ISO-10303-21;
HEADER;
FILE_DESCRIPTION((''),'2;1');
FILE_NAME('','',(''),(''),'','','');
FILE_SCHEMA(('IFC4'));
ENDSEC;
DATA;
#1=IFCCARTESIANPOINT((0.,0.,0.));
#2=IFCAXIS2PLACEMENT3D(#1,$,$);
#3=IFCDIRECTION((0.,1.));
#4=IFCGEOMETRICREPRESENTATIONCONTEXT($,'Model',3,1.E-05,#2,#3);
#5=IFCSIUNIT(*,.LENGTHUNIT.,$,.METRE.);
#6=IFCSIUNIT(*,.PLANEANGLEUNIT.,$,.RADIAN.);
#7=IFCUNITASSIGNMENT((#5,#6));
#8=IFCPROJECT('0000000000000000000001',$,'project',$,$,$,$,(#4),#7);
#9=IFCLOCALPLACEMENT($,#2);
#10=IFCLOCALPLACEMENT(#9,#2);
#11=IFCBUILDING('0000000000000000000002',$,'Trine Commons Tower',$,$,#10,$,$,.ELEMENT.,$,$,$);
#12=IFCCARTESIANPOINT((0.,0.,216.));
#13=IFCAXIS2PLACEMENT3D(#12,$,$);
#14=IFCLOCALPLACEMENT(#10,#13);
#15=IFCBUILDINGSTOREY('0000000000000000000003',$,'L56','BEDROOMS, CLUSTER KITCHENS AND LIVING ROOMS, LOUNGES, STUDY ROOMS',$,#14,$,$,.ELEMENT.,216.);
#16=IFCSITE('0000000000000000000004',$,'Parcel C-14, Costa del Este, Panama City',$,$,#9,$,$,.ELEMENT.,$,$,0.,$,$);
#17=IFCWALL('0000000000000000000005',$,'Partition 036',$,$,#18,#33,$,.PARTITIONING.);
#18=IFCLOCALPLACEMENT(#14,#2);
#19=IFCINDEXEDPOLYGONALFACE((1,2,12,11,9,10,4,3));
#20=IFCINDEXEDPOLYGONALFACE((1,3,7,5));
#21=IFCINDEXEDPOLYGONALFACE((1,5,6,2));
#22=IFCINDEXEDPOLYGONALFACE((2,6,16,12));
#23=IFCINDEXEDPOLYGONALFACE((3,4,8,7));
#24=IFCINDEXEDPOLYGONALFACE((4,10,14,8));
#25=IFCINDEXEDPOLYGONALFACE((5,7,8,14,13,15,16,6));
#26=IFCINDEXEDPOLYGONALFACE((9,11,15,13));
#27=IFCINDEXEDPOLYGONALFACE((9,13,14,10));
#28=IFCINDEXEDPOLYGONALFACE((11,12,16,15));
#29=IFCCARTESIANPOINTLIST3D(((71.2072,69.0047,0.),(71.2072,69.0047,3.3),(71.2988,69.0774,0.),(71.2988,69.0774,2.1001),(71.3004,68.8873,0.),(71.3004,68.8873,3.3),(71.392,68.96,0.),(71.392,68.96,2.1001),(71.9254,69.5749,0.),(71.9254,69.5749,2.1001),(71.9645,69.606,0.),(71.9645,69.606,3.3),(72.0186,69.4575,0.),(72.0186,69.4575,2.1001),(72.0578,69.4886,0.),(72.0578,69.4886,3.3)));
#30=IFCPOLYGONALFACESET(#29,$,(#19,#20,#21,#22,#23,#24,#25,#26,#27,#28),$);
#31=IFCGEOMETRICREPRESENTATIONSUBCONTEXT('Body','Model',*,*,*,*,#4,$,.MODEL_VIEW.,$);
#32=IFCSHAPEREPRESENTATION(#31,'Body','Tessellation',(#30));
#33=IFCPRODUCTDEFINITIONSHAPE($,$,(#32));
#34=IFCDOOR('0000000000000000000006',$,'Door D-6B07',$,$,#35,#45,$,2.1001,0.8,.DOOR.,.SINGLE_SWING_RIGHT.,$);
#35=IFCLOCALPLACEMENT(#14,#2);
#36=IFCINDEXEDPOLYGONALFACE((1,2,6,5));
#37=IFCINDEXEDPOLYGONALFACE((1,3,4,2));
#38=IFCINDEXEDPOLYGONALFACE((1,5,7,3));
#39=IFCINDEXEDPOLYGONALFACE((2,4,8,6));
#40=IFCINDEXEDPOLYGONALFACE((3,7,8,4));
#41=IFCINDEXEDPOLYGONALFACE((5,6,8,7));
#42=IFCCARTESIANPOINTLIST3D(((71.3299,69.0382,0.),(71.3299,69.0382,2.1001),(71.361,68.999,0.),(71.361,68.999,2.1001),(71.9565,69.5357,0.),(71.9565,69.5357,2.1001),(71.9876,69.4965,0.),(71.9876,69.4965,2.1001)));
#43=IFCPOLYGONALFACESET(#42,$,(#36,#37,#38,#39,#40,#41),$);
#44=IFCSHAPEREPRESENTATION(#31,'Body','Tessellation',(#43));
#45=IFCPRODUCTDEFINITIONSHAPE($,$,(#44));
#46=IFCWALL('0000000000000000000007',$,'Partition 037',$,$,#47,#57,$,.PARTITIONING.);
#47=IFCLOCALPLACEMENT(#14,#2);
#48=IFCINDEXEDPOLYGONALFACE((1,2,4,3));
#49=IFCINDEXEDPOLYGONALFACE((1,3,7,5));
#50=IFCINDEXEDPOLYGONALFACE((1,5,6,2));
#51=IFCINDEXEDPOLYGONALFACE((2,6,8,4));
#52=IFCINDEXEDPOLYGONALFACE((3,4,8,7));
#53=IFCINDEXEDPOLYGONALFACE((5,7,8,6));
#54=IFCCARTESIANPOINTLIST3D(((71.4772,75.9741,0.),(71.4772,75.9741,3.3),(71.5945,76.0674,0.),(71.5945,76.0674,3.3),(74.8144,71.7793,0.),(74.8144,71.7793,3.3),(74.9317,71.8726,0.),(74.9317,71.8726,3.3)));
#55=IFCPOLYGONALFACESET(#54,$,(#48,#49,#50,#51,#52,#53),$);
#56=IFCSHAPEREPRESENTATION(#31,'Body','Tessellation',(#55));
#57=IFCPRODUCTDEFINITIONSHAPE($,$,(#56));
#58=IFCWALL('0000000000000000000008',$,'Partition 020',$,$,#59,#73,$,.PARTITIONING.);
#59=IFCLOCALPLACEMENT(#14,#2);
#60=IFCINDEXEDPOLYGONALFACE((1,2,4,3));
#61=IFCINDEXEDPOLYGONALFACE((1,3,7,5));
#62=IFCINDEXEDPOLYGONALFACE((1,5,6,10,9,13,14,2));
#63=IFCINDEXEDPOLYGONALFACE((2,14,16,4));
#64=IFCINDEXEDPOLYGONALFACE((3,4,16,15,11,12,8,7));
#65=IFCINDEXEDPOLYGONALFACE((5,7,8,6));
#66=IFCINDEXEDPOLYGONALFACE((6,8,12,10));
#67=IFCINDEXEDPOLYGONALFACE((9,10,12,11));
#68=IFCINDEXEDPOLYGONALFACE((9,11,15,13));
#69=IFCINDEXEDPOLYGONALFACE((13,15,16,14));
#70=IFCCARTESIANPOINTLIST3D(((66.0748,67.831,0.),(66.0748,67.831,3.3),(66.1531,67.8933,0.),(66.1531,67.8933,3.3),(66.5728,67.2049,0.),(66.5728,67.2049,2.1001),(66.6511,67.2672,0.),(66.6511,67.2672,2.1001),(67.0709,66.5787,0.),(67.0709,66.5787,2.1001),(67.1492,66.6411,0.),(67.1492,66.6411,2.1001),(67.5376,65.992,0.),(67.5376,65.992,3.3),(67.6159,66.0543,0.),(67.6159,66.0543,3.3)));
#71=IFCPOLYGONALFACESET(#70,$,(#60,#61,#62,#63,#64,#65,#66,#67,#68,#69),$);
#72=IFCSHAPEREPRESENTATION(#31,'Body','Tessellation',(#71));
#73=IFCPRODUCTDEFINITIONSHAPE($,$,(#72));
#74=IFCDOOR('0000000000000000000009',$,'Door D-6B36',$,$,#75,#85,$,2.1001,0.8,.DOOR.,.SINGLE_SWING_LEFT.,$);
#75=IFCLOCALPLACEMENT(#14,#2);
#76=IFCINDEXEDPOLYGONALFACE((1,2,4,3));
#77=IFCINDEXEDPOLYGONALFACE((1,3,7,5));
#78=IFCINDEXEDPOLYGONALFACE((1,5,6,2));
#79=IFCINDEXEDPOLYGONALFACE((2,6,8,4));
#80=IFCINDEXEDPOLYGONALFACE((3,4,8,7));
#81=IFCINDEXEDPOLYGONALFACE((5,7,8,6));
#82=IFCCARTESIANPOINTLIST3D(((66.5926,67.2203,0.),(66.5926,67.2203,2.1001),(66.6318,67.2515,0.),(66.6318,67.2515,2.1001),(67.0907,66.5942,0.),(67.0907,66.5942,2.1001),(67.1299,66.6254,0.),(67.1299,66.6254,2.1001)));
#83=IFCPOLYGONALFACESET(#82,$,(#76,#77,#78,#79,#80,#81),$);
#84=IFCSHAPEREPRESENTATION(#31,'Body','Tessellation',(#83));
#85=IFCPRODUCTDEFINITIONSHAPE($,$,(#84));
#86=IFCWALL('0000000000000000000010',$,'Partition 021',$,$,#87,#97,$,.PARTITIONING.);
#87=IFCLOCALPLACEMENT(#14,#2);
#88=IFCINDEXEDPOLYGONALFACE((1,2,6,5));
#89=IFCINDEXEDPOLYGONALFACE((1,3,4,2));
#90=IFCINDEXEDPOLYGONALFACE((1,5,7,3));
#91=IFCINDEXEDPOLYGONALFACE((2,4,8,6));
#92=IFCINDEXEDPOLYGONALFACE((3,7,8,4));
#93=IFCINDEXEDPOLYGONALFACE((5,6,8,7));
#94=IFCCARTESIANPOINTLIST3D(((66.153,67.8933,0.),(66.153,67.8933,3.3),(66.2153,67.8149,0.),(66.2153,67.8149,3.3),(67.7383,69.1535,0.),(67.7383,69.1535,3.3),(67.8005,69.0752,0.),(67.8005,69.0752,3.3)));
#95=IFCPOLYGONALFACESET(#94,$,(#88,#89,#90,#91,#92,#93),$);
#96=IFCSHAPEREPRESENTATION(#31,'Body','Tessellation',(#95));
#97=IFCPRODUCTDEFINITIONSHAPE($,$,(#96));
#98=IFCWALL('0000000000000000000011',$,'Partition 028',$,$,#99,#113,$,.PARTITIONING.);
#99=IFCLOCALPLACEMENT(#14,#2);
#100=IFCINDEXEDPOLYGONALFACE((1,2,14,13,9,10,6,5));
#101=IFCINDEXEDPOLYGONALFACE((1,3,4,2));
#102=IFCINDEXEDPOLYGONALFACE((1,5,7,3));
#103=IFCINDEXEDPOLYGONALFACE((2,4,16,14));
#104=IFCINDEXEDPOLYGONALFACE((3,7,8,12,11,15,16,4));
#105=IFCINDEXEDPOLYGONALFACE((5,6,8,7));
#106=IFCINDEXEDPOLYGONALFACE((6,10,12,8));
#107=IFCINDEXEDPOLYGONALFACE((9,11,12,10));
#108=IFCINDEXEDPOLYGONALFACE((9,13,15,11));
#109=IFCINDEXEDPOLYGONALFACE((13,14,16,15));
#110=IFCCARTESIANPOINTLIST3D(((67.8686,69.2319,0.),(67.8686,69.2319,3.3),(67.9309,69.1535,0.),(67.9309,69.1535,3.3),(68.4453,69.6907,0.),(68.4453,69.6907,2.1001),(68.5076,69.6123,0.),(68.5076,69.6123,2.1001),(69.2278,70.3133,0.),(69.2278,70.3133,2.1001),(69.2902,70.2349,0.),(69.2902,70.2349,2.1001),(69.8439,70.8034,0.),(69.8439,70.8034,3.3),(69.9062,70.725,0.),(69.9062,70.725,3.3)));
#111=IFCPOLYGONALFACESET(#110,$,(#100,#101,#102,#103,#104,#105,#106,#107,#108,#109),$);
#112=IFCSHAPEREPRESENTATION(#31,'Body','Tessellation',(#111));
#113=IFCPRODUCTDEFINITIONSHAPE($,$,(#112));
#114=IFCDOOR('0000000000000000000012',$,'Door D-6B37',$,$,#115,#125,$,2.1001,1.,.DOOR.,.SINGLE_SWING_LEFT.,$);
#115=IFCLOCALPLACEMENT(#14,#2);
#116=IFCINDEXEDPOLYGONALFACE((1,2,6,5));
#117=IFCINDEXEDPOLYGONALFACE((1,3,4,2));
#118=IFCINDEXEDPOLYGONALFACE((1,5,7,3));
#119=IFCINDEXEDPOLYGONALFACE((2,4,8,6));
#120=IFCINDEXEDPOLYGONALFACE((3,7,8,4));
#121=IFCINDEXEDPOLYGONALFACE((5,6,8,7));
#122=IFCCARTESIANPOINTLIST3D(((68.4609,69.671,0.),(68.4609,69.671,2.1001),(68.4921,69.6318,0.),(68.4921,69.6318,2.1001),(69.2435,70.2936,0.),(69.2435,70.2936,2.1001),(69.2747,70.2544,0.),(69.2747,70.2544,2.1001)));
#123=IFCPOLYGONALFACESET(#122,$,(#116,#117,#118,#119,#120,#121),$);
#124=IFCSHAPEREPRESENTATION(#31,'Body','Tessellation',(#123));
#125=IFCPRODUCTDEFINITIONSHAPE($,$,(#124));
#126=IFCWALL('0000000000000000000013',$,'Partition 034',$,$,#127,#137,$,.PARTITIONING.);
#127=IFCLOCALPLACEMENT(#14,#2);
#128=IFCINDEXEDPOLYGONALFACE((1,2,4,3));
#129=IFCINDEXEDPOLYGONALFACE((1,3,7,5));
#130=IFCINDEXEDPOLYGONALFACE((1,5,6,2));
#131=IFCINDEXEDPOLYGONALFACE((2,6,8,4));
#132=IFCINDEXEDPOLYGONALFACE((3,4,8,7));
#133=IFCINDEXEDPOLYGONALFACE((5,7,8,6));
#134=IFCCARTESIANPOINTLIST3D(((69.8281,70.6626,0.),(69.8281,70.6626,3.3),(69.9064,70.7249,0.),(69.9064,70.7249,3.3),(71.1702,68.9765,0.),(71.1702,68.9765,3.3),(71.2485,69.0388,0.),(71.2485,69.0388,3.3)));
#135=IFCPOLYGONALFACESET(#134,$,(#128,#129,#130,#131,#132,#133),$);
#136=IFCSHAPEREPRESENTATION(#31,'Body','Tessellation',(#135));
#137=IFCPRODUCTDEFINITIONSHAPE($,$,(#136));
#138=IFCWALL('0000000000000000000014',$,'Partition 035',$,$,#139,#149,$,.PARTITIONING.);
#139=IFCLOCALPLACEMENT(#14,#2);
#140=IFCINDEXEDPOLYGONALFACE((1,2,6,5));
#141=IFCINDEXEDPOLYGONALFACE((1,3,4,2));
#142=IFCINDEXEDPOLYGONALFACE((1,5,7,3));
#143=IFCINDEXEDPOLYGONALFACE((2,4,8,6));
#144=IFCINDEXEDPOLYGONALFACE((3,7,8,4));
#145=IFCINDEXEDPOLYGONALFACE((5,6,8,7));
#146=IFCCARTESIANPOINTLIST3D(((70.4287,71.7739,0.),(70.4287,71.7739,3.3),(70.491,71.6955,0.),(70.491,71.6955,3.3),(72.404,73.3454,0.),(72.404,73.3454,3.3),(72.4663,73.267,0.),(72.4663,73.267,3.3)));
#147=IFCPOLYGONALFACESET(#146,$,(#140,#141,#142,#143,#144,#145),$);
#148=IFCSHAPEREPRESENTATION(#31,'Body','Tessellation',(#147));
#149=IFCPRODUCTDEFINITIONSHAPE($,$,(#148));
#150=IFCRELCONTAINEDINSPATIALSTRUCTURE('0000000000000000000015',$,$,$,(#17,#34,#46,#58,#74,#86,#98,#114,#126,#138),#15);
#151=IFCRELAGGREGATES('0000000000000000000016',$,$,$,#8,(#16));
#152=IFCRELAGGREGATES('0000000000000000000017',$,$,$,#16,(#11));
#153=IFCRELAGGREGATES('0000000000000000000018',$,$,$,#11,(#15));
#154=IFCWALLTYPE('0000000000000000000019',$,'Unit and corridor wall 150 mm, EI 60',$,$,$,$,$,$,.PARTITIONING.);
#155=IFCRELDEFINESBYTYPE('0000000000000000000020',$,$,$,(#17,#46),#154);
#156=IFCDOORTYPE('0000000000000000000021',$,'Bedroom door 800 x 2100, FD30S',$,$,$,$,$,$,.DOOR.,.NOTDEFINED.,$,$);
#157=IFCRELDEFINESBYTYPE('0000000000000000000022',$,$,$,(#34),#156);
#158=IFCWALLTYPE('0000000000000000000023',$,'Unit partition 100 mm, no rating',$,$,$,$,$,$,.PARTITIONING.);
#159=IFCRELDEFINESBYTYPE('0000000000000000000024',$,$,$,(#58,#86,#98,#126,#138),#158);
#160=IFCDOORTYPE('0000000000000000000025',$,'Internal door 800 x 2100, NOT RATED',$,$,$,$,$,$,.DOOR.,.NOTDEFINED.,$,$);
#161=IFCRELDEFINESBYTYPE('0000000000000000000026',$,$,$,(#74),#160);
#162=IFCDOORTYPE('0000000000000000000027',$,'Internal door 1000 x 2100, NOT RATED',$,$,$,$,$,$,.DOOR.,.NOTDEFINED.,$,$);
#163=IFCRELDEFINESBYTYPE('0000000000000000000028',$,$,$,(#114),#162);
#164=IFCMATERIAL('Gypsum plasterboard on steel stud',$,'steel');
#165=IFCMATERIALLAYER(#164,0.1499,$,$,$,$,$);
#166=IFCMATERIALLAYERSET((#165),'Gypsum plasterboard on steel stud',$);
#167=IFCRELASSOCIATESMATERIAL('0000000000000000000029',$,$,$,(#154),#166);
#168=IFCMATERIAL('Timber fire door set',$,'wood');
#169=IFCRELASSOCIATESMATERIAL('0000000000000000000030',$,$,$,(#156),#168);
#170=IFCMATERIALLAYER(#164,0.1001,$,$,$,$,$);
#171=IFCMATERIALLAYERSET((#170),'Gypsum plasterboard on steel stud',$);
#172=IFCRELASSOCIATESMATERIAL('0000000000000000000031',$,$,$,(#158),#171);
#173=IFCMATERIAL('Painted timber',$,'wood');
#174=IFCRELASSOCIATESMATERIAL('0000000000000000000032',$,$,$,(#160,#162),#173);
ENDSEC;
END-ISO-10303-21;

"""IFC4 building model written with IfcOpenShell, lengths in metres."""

from ifc_helpers import new_model, si_unit, direction, frame, frame_2d, origin, place, context, subcontext, project, spatial, rectangle, extrude, material, layer, layer_set, type_object, element, fill, save


model = new_model("IFC4")

# Units and contexts
model_context = context("Model", 3, precision=1e-05, world=origin(), true_north=direction((0.0, 1.0)))
body_context = subcontext(model_context, "Body", "Model", "MODEL_VIEW")
ifc_project = project(units=[si_unit("LENGTHUNIT", "METRE"), si_unit("PLANEANGLEUNIT", "RADIAN")], contexts=[model_context])

# Site, building, storey
site_placement = place(None, origin())
site = spatial("IfcSite", under=ifc_project, at=site_placement, Name="Parcel C-14, Costa del Este, Panama City", CompositionType="ELEMENT", RefElevation=0.0)
building_placement = place(site_placement, origin())
building = spatial("IfcBuilding", under=site, at=building_placement, Name="Trine Commons Tower", CompositionType="ELEMENT")
storey_placement = place(building_placement, frame((0.0, 0.0, 216.0)))
storey = spatial("IfcBuildingStorey", under=building, at=storey_placement, Name="L56", Description="BEDROOMS, CLUSTER KITCHENS AND LIVING ROOMS, LOUNGES, STUDY ROOMS", CompositionType="ELEMENT", Elevation=216.0)

# Shared definitions
ifc_material_1 = material(Name="Gypsum plasterboard on steel stud", Category="steel")
ifc_layer_1 = layer(ifc_material_1, 0.1499)
ifc_layer_set_1 = layer_set([ifc_layer_1], Name="Gypsum plasterboard on steel stud")
wall_type_1 = type_object("IfcWallType", Name="Unit and corridor wall 150 mm, EI 60", PredefinedType="PARTITIONING", material=ifc_layer_set_1)
ifc_material_2 = material(Name="Timber fire door set", Category="wood")

# Wall, opening, door
wall_1_placement = place(storey_placement, frame((71.2539, 68.946, 0.0), z_axis=(0.0, 0.0, 1.0), x_axis=(0.783154, 0.621827, 0.0)))
wall_1 = element("IfcWall", 1, at=wall_1_placement, inside=storey, type_object=wall_type_1, Name="Partition 036", PredefinedType="PARTITIONING", context=body_context, shape_type="SweptSolid", body=[
    extrude(rectangle(XDim=0.967, YDim=0.1499, at=frame_2d((0.4834, 0.0))), origin(), (0.0, 0.0, 1.0), 3.3),
])
opening_1_placement = place(wall_1_placement, frame((0.1169, 0.0, 0.0)))
opening_1 = element("IfcOpeningElement", 2, at=opening_1_placement, cuts=wall_1, PredefinedType="OPENING", context=body_context, shape_type="SweptSolid", body=[
    extrude(rectangle(XDim=0.8, YDim=2.1001, at=frame_2d((0.3999, 1.05))), frame((0.0, 0.085, 0.0), z_axis=(0.0, -1.0, 0.0), x_axis=(1.0, 0.0, 0.0)), (0.0, 0.0, 1.0), 0.1699),
])
door_type_1 = type_object("IfcDoorType", Name="Bedroom door 800 x 2100, FD30S", OperationType="NOTDEFINED", PredefinedType="DOOR", material=ifc_material_2)
door_1_placement = place(opening_1_placement, origin())
door_1 = element("IfcDoor", 3, at=door_1_placement, inside=storey, type_object=door_type_1, Name="Door D-6B07", OperationType="SINGLE_SWING_RIGHT", OverallHeight=2.1001, OverallWidth=0.8, PredefinedType="DOOR", context=body_context, shape_type="SweptSolid", body=[
    extrude(rectangle(XDim=0.8, YDim=2.1001, at=frame_2d((0.3999, 1.05))), frame((0.0, 0.0249, 0.0), z_axis=(0.0, -1.0, 0.0), x_axis=(1.0, 0.0, 0.0)), (0.0, 0.0, 1.0), 0.05),
])
fill(opening_1, door_1)

# Wall
wall_2_placement = place(storey_placement, frame((71.5359, 76.0208, 0.0), z_axis=(0.0, 0.0, 1.0), x_axis=(0.622565, -0.782568, 0.0)))
element("IfcWall", 4, at=wall_2_placement, inside=storey, type_object=wall_type_1, Name="Partition 037", PredefinedType="PARTITIONING", context=body_context, shape_type="SweptSolid", body=[
    extrude(rectangle(XDim=5.3604, YDim=0.1499, at=frame_2d((2.6802, 0.0))), origin(), (0.0, 0.0, 1.0), 3.3),
])

# Wall, opening, door
ifc_layer_2 = layer(ifc_material_1, 0.1001)
ifc_layer_set_2 = layer_set([ifc_layer_2], Name="Gypsum plasterboard on steel stud")
wall_type_2 = type_object("IfcWallType", Name="Unit partition 100 mm, no rating", PredefinedType="PARTITIONING", material=ifc_layer_set_2)
wall_3_placement = place(storey_placement, frame((66.114, 67.8621, 0.0), z_axis=(0.0, 0.0, 1.0), x_axis=(0.622513, -0.782609, 0.0)))
wall_3 = element("IfcWall", 5, at=wall_3_placement, inside=storey, type_object=wall_type_2, Name="Partition 020", PredefinedType="PARTITIONING", context=body_context, shape_type="SweptSolid", body=[
    extrude(rectangle(XDim=2.3499, YDim=0.1001, at=frame_2d((1.1748, 0.0))), origin(), (0.0, 0.0, 1.0), 3.3),
])
opening_2_placement = place(wall_3_placement, frame((0.8, 0.0, 0.0)))
opening_2 = element("IfcOpeningElement", 6, at=opening_2_placement, cuts=wall_3, PredefinedType="OPENING", context=body_context, shape_type="SweptSolid", body=[
    extrude(rectangle(XDim=0.8, YDim=2.1001, at=frame_2d((0.3999, 1.05))), frame((0.0, 0.0601, 0.0), z_axis=(0.0, -1.0, 0.0), x_axis=(1.0, 0.0, 0.0)), (0.0, 0.0, 1.0), 0.1201),
])
ifc_material_3 = material(Name="Painted timber", Category="wood")
door_type_2 = type_object("IfcDoorType", Name="Internal door 800 x 2100, NOT RATED", OperationType="NOTDEFINED", PredefinedType="DOOR", material=ifc_material_3)
door_2_placement = place(opening_2_placement, frame((0.8, 0.0, 0.0), z_axis=(0.0, 0.0, 1.0), x_axis=(-1.0, 0.0, 0.0)))
door_2 = element("IfcDoor", 7, at=door_2_placement, inside=storey, type_object=door_type_2, Name="Door D-6B36", OperationType="SINGLE_SWING_LEFT", OverallHeight=2.1001, OverallWidth=0.8, PredefinedType="DOOR", context=body_context, shape_type="SweptSolid", body=[
    extrude(rectangle(XDim=0.8, YDim=2.1001, at=frame_2d((0.3999, 1.05))), frame((0.0, 0.0249, 0.0), z_axis=(0.0, -1.0, 0.0), x_axis=(1.0, 0.0, 0.0)), (0.0, 0.0, 1.0), 0.05),
])
fill(opening_2, door_2)

# Wall
wall_4_placement = place(storey_placement, frame((66.1841, 67.854, 0.0), z_axis=(0.0, 0.0, 1.0), x_axis=(0.782771, 0.62231, 0.0)))
element("IfcWall", 8, at=wall_4_placement, inside=storey, type_object=wall_type_2, Name="Partition 021", PredefinedType="PARTITIONING", context=body_context, shape_type="SweptSolid", body=[
    extrude(rectangle(XDim=2.0251, YDim=0.1001, at=frame_2d((1.0127, 0.0))), origin(), (0.0, 0.0, 1.0), 3.3),
])

# Wall, opening, door
wall_5_placement = place(storey_placement, frame((67.8997, 69.1926, 0.0), z_axis=(0.0, 0.0, 1.0), x_axis=(0.782555, 0.622581, 0.0)))
wall_5 = element("IfcWall", 9, at=wall_5_placement, inside=storey, type_object=wall_type_2, Name="Partition 028", PredefinedType="PARTITIONING", context=body_context, shape_type="SweptSolid", body=[
    extrude(rectangle(XDim=2.5242, YDim=0.1001, at=frame_2d((1.2622, 0.0))), origin(), (0.0, 0.0, 1.0), 3.3),
])
opening_3_placement = place(wall_5_placement, frame((0.7371, 0.0, 0.0)))
opening_3 = element("IfcOpeningElement", 10, at=opening_3_placement, cuts=wall_5, PredefinedType="OPENING", context=body_context, shape_type="SweptSolid", body=[
    extrude(rectangle(XDim=1.0, YDim=2.1001, at=frame_2d((0.5, 1.05))), frame((0.0, 0.0601, 0.0), z_axis=(0.0, -1.0, 0.0), x_axis=(1.0, 0.0, 0.0)), (0.0, 0.0, 1.0), 0.1201),
])
door_type_3 = type_object("IfcDoorType", Name="Internal door 1000 x 2100, NOT RATED", OperationType="NOTDEFINED", PredefinedType="DOOR", material=ifc_material_3)
door_3_placement = place(opening_3_placement, origin())
door_3 = element("IfcDoor", 11, at=door_3_placement, inside=storey, type_object=door_type_3, Name="Door D-6B37", OperationType="SINGLE_SWING_LEFT", OverallHeight=2.1001, OverallWidth=1.0, PredefinedType="DOOR", context=body_context, shape_type="SweptSolid", body=[
    extrude(rectangle(XDim=1.0, YDim=2.1001, at=frame_2d((0.5, 1.05))), frame((0.0, 0.0249, 0.0), z_axis=(0.0, -1.0, 0.0), x_axis=(1.0, 0.0, 0.0)), (0.0, 0.0, 1.0), 0.05),
])
fill(opening_3, door_3)

# Walls
wall_6_placement = place(storey_placement, frame((69.8672, 70.6938, 0.0), z_axis=(0.0, 0.0, 1.0), x_axis=(0.622773, -0.782403, 0.0)))
element("IfcWall", 12, at=wall_6_placement, inside=storey, type_object=wall_type_2, Name="Partition 034", PredefinedType="PARTITIONING", context=body_context, shape_type="SweptSolid", body=[
    extrude(rectangle(XDim=2.155, YDim=0.1001, at=frame_2d((1.0776, 0.0))), origin(), (0.0, 0.0, 1.0), 3.3),
])
wall_7_placement = place(storey_placement, frame((70.4597, 71.7346, 0.0), z_axis=(0.0, 0.0, 1.0), x_axis=(0.782555, 0.622581, 0.0)))
element("IfcWall", 13, at=wall_7_placement, inside=storey, type_object=wall_type_2, Name="Partition 035", PredefinedType="PARTITIONING", context=body_context, shape_type="SweptSolid", body=[
    extrude(rectangle(XDim=2.5242, YDim=0.1001, at=frame_2d((1.2622, 0.0))), origin(), (0.0, 0.0, 1.0), 3.3),
])

save(model, "model.ifc")
